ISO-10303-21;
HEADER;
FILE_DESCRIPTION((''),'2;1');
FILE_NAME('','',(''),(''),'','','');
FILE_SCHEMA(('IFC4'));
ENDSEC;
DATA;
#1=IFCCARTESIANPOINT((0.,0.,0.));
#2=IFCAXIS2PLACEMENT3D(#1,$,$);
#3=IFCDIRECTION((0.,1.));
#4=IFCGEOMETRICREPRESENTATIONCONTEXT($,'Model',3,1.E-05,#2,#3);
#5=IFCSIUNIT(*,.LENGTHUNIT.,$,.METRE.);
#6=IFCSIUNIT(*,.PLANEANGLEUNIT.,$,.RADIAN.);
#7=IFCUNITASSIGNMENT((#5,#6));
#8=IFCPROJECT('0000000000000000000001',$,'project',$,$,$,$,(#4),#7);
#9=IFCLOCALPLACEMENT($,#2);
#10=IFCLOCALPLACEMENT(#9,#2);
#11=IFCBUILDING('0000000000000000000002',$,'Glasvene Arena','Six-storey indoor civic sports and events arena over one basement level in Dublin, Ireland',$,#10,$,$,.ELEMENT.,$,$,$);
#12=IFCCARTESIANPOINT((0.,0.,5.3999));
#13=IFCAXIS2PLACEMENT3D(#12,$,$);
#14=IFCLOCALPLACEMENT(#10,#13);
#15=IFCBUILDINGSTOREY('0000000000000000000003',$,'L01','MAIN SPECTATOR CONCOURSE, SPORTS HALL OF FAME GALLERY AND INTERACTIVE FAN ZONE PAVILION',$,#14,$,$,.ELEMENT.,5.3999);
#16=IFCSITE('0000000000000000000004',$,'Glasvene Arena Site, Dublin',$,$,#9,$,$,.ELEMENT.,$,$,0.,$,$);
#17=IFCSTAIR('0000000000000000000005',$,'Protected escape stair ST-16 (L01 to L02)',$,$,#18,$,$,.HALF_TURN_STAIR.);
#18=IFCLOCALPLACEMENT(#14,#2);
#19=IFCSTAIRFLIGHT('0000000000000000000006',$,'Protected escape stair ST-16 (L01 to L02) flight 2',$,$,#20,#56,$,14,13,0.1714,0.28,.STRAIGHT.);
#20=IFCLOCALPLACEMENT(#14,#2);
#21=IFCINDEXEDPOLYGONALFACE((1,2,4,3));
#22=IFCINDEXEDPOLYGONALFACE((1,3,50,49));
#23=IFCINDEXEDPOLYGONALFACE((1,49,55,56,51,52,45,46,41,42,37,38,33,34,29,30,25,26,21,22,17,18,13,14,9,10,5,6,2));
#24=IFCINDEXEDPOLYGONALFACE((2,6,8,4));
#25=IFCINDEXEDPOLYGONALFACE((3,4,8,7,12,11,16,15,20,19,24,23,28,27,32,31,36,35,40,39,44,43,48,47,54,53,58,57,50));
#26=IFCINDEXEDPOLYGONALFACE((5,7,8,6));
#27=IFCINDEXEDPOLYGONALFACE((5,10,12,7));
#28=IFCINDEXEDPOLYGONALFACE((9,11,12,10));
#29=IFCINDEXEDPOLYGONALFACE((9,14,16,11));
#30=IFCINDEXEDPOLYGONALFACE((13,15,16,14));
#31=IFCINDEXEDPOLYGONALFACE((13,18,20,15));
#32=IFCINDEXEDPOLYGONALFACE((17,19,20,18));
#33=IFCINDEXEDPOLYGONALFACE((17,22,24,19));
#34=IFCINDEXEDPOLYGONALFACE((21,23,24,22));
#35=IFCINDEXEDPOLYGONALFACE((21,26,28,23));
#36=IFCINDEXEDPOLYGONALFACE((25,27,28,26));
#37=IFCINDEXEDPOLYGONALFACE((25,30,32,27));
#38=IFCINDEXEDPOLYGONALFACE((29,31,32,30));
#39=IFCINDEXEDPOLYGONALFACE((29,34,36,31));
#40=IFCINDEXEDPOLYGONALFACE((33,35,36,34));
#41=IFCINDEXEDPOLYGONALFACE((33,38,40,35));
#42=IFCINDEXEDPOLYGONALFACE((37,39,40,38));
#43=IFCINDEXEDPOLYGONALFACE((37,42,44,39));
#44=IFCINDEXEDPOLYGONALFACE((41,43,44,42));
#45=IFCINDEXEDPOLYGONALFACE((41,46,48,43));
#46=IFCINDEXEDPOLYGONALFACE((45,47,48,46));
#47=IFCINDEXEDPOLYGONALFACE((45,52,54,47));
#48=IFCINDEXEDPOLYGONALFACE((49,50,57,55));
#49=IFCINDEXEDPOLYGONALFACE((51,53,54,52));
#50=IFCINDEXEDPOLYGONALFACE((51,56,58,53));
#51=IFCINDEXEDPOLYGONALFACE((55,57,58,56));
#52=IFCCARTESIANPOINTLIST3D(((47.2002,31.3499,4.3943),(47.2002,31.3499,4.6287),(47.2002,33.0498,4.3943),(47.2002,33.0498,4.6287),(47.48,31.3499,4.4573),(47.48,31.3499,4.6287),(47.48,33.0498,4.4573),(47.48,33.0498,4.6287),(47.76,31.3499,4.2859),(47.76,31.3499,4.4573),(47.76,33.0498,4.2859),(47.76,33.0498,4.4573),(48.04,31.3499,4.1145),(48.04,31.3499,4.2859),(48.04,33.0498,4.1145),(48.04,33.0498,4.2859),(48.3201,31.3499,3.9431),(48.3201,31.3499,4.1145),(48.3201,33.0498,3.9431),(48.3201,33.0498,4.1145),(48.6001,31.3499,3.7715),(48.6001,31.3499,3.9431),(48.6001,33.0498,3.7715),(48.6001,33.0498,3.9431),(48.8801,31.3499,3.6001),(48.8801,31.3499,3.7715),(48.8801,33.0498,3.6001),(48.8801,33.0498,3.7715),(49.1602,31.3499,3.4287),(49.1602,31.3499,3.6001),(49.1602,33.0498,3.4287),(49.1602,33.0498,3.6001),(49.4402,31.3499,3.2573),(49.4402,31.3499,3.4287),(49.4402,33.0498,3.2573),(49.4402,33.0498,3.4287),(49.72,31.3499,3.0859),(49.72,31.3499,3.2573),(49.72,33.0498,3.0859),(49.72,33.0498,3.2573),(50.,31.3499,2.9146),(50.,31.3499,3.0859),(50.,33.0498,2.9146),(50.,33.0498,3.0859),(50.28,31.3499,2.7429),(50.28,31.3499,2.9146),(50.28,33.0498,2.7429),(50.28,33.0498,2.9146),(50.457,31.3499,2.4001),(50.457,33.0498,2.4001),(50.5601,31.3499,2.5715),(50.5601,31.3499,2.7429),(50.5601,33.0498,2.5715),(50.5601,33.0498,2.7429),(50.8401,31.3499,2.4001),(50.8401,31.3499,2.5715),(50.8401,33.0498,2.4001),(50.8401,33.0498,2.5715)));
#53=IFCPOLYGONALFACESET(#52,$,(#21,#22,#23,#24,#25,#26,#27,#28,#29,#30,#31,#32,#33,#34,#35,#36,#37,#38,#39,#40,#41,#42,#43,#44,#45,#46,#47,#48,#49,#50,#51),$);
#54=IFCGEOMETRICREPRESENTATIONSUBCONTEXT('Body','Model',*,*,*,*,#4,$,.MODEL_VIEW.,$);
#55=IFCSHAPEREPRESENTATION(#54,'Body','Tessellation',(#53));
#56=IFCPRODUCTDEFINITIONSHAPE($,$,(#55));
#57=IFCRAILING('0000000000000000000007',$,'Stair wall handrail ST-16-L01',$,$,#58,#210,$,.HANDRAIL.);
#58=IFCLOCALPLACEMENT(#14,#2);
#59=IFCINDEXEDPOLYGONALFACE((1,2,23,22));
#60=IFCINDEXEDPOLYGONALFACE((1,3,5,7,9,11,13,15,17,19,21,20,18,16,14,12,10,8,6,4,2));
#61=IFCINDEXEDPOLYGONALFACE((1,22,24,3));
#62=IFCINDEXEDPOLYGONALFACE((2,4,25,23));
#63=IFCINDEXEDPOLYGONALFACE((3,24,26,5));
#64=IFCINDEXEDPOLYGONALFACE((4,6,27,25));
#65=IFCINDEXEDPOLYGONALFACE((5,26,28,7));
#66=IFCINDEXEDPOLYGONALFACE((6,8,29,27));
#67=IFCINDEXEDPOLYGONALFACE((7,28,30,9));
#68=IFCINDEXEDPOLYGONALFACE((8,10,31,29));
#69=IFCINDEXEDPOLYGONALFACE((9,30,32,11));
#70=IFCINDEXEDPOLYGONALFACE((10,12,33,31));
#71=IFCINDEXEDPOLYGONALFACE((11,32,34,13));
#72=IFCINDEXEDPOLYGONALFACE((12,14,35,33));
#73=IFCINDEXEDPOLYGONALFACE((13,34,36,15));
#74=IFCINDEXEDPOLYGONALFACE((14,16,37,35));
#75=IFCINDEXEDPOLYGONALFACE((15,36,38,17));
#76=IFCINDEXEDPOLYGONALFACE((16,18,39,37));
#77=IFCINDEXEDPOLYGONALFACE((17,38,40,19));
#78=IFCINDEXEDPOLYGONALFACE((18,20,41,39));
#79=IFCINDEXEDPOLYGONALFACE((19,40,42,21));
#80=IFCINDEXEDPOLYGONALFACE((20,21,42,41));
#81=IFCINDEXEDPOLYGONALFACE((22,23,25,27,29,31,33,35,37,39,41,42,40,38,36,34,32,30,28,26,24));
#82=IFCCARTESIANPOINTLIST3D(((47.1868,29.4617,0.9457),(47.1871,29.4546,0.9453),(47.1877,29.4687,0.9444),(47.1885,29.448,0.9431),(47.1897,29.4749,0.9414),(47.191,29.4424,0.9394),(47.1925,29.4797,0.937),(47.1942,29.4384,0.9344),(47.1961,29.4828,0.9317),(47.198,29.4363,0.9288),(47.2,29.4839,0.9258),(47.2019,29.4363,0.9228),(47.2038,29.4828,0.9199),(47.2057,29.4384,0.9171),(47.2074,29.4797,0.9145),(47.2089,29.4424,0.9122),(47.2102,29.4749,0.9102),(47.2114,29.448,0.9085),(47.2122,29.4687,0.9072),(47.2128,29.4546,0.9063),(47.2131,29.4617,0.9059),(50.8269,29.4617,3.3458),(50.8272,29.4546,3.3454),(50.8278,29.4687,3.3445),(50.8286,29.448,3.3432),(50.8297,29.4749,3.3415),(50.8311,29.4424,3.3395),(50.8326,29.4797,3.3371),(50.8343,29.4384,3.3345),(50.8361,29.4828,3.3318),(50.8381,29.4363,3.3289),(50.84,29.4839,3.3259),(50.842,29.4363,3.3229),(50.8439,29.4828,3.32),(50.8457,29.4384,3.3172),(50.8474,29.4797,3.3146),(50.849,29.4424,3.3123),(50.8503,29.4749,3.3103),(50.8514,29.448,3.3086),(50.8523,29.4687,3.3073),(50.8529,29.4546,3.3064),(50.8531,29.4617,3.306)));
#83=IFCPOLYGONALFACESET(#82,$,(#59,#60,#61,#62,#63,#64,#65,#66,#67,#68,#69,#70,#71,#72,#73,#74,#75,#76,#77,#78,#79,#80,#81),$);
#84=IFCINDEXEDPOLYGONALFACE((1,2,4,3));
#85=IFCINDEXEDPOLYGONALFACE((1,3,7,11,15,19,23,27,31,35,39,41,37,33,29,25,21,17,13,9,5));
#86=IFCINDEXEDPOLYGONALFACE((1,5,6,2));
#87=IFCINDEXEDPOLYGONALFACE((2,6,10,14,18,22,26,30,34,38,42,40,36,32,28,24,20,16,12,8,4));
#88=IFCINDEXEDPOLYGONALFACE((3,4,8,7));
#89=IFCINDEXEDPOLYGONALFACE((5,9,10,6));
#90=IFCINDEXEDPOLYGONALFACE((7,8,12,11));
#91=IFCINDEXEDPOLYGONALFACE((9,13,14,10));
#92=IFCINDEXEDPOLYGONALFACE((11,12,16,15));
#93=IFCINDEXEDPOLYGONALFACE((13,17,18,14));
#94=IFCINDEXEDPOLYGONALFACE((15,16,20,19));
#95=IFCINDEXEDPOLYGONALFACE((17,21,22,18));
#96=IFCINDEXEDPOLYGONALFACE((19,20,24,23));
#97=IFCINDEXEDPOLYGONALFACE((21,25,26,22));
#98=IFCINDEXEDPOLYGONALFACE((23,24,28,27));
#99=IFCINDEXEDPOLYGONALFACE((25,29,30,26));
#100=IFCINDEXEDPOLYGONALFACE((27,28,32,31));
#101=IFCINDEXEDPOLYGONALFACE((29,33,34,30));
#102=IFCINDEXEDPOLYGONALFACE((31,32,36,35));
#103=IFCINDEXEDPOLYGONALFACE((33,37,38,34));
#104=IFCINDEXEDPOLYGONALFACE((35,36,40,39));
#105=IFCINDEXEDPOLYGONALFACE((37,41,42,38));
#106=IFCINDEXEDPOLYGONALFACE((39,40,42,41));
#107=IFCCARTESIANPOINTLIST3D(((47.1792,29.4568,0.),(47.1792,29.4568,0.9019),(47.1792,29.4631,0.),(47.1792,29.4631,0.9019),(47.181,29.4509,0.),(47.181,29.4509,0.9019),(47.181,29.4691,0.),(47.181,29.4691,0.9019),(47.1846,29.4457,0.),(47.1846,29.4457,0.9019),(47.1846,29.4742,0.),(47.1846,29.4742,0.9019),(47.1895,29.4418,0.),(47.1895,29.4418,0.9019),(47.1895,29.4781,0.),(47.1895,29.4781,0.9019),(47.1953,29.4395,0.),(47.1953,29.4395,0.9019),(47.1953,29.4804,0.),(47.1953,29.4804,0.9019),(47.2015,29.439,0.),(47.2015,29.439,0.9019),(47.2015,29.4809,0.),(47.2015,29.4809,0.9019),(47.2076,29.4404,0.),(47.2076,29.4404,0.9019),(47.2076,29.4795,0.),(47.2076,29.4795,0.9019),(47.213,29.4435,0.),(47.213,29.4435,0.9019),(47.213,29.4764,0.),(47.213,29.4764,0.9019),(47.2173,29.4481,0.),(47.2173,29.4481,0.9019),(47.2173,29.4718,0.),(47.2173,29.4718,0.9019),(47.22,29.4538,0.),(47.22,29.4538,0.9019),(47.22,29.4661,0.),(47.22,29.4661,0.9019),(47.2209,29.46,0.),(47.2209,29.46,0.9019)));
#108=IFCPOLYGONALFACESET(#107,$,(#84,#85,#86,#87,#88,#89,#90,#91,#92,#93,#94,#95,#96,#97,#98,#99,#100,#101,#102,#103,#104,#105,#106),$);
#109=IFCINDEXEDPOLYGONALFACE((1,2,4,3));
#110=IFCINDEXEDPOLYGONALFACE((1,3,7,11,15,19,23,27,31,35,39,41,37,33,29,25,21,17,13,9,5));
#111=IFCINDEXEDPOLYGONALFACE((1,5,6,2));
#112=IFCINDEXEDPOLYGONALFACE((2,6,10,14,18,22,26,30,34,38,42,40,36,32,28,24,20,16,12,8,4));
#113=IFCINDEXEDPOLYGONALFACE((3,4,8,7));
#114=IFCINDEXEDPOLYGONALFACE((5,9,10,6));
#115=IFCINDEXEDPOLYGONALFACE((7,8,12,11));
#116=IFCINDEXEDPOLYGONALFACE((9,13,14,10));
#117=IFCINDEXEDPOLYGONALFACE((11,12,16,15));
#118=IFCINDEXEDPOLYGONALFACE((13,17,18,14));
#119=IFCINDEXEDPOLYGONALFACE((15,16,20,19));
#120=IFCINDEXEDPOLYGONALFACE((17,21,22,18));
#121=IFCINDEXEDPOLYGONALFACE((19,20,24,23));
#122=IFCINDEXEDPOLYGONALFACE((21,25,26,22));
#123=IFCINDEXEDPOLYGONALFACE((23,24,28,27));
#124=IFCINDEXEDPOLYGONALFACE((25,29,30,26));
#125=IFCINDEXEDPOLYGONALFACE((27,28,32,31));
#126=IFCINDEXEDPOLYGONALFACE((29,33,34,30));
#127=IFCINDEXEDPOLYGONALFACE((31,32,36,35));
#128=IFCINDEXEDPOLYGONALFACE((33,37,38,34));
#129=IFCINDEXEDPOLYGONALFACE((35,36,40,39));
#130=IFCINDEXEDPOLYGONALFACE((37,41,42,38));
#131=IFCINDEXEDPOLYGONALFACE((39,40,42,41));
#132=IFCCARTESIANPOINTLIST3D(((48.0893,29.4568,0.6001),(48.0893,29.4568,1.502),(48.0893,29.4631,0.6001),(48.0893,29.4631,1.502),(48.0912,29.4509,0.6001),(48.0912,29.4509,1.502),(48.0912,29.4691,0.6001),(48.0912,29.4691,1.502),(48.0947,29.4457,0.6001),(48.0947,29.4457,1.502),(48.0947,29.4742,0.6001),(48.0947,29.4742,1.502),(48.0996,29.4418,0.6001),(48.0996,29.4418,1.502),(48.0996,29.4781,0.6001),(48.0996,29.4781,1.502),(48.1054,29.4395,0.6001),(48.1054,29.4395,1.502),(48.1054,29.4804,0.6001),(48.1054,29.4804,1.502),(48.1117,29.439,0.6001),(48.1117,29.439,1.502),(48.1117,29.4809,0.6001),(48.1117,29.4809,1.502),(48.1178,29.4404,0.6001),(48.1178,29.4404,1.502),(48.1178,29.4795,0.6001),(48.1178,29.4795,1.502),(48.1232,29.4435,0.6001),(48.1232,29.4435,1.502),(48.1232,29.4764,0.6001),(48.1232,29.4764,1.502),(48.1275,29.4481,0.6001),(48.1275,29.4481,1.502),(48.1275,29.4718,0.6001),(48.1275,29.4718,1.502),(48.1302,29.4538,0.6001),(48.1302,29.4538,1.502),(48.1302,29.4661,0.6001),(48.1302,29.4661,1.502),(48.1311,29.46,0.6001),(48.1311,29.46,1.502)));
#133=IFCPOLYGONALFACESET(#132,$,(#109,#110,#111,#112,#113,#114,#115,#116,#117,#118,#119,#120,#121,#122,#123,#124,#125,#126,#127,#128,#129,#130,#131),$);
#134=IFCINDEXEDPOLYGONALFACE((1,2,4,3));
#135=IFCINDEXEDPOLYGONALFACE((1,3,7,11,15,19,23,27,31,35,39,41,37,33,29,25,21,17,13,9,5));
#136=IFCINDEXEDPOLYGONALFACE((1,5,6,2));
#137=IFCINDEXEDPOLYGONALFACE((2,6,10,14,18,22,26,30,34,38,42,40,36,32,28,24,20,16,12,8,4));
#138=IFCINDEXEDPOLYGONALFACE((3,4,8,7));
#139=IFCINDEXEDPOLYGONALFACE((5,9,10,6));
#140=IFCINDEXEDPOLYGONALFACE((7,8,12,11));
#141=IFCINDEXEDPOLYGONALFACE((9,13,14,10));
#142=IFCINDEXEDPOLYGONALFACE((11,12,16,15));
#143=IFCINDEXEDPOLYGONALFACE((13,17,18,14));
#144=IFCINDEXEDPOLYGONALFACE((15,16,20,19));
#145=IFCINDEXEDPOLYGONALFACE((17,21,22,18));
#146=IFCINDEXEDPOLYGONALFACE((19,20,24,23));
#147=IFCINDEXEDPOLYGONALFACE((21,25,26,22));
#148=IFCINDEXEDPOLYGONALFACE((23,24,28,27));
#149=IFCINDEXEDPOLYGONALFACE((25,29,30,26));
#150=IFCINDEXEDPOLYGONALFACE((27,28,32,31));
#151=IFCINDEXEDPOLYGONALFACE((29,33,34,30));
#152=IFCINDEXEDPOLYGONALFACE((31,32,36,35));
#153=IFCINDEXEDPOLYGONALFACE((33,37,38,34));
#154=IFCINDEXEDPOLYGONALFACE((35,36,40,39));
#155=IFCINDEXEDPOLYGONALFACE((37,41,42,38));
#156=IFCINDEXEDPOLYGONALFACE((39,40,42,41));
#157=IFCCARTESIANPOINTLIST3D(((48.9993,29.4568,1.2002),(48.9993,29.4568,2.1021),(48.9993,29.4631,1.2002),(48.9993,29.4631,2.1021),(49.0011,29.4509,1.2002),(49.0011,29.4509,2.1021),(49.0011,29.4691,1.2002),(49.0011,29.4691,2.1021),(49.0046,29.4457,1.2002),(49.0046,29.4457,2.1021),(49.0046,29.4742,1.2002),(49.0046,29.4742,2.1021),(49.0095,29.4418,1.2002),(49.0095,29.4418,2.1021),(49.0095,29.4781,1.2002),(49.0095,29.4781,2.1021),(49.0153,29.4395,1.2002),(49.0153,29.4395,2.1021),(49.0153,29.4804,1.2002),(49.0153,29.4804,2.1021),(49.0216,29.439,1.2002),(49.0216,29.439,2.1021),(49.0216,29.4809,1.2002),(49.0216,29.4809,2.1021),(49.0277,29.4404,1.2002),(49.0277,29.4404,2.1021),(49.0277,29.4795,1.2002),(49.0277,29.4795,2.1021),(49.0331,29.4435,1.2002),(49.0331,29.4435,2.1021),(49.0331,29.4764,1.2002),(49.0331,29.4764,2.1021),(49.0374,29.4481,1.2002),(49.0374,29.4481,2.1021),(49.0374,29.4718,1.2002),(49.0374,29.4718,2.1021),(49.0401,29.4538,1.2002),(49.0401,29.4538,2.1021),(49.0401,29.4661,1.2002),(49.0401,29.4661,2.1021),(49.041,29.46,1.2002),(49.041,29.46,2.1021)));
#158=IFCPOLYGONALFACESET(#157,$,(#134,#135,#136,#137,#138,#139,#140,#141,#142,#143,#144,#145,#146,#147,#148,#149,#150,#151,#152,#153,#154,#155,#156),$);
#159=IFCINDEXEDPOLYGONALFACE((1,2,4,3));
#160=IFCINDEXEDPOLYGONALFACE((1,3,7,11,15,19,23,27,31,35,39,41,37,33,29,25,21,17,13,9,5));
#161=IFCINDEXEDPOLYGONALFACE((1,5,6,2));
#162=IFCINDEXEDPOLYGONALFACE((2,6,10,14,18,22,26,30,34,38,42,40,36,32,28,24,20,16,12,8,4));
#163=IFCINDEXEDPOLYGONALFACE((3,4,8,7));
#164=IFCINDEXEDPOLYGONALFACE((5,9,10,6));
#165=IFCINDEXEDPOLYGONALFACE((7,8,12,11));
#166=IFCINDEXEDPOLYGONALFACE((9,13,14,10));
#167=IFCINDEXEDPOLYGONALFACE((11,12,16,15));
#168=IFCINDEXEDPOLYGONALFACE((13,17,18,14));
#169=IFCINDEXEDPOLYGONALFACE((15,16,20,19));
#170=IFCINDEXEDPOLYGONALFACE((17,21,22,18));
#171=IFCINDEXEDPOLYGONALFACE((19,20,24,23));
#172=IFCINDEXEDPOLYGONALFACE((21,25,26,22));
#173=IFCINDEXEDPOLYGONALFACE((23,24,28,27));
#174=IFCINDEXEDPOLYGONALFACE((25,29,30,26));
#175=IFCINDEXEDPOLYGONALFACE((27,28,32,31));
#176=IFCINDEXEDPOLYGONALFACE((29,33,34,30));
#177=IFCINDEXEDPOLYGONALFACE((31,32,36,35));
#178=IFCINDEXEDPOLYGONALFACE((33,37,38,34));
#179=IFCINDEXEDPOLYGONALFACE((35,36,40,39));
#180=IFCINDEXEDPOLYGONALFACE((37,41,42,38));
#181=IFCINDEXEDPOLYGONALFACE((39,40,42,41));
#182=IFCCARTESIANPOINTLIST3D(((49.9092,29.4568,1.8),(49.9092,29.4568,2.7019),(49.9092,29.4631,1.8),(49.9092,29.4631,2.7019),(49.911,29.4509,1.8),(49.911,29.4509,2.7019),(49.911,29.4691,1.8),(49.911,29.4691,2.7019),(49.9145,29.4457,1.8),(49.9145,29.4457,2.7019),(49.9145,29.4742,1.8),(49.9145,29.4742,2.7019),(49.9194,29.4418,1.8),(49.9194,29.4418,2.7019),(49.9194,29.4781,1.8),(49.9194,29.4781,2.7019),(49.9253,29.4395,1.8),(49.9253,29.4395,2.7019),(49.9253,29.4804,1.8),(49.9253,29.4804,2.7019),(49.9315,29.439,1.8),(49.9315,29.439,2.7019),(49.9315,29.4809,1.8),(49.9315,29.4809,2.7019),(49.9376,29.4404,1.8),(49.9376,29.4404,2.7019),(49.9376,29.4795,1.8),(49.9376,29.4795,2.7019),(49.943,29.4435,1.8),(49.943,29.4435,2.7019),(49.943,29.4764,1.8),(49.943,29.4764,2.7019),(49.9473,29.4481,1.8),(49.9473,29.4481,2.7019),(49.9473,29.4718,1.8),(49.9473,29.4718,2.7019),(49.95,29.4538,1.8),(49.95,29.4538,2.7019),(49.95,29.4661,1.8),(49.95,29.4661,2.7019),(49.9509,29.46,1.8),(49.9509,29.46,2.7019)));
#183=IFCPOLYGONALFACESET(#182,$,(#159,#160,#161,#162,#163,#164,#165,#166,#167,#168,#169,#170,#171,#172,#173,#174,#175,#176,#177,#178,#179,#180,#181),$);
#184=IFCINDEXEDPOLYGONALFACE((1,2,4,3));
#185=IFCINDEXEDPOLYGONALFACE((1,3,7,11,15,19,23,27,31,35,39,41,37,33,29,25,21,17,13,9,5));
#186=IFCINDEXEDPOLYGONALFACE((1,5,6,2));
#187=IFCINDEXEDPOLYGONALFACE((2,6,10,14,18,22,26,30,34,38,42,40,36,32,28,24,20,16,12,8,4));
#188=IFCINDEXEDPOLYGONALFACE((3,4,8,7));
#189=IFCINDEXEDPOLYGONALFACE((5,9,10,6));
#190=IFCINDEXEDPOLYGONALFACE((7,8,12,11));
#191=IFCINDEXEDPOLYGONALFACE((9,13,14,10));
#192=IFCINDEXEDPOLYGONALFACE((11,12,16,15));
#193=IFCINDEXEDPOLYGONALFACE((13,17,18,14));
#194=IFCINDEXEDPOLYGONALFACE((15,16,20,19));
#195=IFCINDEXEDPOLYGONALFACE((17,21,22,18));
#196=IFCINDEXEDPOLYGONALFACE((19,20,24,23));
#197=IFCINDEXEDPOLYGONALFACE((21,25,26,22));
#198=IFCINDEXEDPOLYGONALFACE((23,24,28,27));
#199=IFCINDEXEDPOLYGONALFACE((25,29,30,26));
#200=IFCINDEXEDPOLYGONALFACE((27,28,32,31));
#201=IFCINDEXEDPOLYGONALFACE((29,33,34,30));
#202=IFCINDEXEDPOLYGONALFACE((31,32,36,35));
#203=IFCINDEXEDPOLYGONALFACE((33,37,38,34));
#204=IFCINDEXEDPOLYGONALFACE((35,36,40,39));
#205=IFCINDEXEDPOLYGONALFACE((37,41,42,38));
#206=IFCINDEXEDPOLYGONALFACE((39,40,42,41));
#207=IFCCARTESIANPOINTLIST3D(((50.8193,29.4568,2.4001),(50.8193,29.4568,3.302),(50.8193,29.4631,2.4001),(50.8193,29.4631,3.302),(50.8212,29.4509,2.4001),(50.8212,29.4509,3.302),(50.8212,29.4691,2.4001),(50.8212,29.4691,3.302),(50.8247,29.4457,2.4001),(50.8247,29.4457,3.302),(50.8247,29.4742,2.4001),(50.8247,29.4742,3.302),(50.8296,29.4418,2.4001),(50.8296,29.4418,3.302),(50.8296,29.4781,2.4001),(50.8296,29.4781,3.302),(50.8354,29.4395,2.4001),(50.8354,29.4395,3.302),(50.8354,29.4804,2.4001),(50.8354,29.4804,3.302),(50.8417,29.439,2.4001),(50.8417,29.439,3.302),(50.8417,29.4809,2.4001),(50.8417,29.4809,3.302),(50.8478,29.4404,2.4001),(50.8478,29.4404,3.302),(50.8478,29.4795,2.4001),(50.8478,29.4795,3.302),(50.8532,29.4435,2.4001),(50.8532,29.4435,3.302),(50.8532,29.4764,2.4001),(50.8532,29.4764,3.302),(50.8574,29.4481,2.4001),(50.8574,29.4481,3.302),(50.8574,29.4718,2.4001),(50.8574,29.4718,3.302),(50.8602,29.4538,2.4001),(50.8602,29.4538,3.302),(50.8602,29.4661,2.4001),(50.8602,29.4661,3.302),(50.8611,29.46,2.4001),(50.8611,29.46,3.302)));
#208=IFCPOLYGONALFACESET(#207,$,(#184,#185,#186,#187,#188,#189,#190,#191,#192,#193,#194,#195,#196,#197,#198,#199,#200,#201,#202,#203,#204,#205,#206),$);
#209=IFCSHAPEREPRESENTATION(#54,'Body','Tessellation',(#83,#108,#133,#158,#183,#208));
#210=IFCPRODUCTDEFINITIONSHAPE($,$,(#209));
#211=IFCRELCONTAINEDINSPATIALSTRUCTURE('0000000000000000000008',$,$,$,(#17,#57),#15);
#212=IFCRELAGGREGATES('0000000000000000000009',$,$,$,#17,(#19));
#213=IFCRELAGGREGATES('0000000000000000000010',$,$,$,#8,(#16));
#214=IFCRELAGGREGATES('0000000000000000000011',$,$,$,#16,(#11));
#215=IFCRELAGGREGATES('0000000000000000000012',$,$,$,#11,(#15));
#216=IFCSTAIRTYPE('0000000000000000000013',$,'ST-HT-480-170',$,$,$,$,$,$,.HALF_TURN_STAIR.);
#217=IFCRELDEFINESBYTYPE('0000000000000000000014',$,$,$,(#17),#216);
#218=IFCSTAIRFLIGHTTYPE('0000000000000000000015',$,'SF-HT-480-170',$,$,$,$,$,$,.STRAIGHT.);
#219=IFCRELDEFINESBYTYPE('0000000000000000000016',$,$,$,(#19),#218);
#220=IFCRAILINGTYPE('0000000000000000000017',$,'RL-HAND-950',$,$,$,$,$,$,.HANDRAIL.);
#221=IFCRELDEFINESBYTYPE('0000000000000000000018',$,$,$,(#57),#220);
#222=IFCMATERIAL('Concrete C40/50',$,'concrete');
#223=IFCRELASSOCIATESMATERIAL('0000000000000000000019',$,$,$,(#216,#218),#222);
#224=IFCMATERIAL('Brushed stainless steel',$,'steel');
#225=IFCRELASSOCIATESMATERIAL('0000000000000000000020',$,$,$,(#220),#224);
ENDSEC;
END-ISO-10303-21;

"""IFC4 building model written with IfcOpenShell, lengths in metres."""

from ifc_helpers import new_model, si_unit, direction, frame, origin, origin_2d, place, context, subcontext, project, spatial, polyline, circle, outline, extrude, material, type_object, element, aggregate, save


model = new_model("IFC4")

# Units and contexts
model_context = context("Model", 3, precision=1e-05, world=origin(), true_north=direction((0.0, 1.0)))
body_context = subcontext(model_context, "Body", "Model", "MODEL_VIEW")
ifc_project = project(units=[si_unit("LENGTHUNIT", "METRE"), si_unit("PLANEANGLEUNIT", "RADIAN")], contexts=[model_context])

# Site, building, storey
site_placement = place(None, origin())
site = spatial("IfcSite", under=ifc_project, at=site_placement, Name="Glasvene Arena Site, Dublin", CompositionType="ELEMENT", RefElevation=0.0)
building_placement = place(site_placement, origin())
building = spatial("IfcBuilding", under=site, at=building_placement, Name="Glasvene Arena", Description="Six-storey indoor civic sports and events arena over one basement level in Dublin, Ireland", CompositionType="ELEMENT")
storey_placement = place(building_placement, frame((0.0, 0.0, 5.3999)))
storey = spatial("IfcBuildingStorey", under=building, at=storey_placement, Name="L01", Description="MAIN SPECTATOR CONCOURSE, SPORTS HALL OF FAME GALLERY AND INTERACTIVE FAN ZONE PAVILION", CompositionType="ELEMENT", Elevation=5.3999)

# Stair
ifc_material_1 = material(Name="Concrete C40/50", Category="concrete")
stair_type = type_object("IfcStairType", Name="ST-HT-480-170", PredefinedType="HALF_TURN_STAIR", material=ifc_material_1)
stair_placement = place(storey_placement, origin())
stair = element("IfcStair", 1, at=stair_placement, inside=storey, type_object=stair_type, Name="Protected escape stair ST-16 (L01 to L02)", PredefinedType="HALF_TURN_STAIR")

# Stair flight
stair_flight_type = type_object("IfcStairFlightType", Name="SF-HT-480-170", PredefinedType="STRAIGHT", material=ifc_material_1)
stair_flight_1_placement = place(storey_placement, frame((50.8401, 32.2, 2.4001), z_axis=(0.0, 0.0, 1.0), x_axis=(-1.0, 0.0, 0.0)))
stair_flight_1 = element("IfcStairFlight", 2, at=stair_flight_1_placement, type_object=stair_flight_type, Name="Protected escape stair ST-16 (L01 to L02) flight 2", NumberOfRisers=14, NumberOfTreads=13, PredefinedType="STRAIGHT", RiserHeight=0.1714, TreadLength=0.28, context=body_context, shape_type="SweptSolid", body=[
    extrude(outline(polyline([(0.0, 0.0), (0.0, 0.1714), (0.28, 0.1714), (0.28, 0.3428), (0.5601, 0.3428), (0.5601, 0.5144), (0.8401, 0.5144), (0.8401, 0.6858), (1.1201, 0.6858), (1.1201, 0.8572), (1.3999, 0.8572), (1.3999, 1.0286), (1.6799, 1.0286), (1.6799, 1.2), (1.96, 1.2), (1.96, 1.3713), (2.24, 1.3713), (2.24, 1.543), (2.52, 1.543), (2.52, 1.7144), (2.8, 1.7144), (2.8, 1.8857), (3.0801, 1.8857), (3.0801, 2.0571), (3.3601, 2.0571), (3.3601, 2.2285), (3.6399, 2.2285), (3.6399, 2.3999), (3.6399, 1.9941), (0.3831, 0.0), (0.0, 0.0)])), frame((0.0, 0.8501, 0.0), z_axis=(0.0, -1.0, 0.0), x_axis=(1.0, 0.0, 0.0)), (0.0, 0.0, 1.0), 1.7),
])
aggregate(stair, [stair_flight_1])

# Railing
ifc_material_2 = material(Name="Brushed stainless steel", Category="steel")
railing_type_1 = type_object("IfcRailingType", Name="RL-HAND-950", PredefinedType="HANDRAIL", material=ifc_material_2)
railing_1_placement = place(storey_placement, frame((47.2, 29.46, 0.0)))
element("IfcRailing", 3, at=railing_1_placement, inside=storey, type_object=railing_type_1, Name="Stair wall handrail ST-16-L01", PredefinedType="HANDRAIL", context=body_context, shape_type="SweptSolid", body=[
    extrude(circle(Radius=0.0239, at=origin_2d()), frame((0.0, 0.0, 0.9258), z_axis=(0.834856, 0.0, 0.550468), x_axis=(0.0, 1.0, 0.0)), (0.0, 0.0, 1.0), 4.3601),
    extrude(circle(Radius=0.021, at=origin_2d()), origin(), (0.0, 0.0, 1.0), 0.9019),
    extrude(circle(Radius=0.021, at=origin_2d()), frame((0.9102, 0.0, 0.6001)), (0.0, 0.0, 1.0), 0.9019),
    extrude(circle(Radius=0.021, at=origin_2d()), frame((1.8201, 0.0, 1.2002)), (0.0, 0.0, 1.0), 0.9019),
    extrude(circle(Radius=0.021, at=origin_2d()), frame((2.73, 0.0, 1.8)), (0.0, 0.0, 1.0), 0.9019),
    extrude(circle(Radius=0.021, at=origin_2d()), frame((3.6401, 0.0, 2.4001)), (0.0, 0.0, 1.0), 0.9019),
])

save(model, "model.ifc")
